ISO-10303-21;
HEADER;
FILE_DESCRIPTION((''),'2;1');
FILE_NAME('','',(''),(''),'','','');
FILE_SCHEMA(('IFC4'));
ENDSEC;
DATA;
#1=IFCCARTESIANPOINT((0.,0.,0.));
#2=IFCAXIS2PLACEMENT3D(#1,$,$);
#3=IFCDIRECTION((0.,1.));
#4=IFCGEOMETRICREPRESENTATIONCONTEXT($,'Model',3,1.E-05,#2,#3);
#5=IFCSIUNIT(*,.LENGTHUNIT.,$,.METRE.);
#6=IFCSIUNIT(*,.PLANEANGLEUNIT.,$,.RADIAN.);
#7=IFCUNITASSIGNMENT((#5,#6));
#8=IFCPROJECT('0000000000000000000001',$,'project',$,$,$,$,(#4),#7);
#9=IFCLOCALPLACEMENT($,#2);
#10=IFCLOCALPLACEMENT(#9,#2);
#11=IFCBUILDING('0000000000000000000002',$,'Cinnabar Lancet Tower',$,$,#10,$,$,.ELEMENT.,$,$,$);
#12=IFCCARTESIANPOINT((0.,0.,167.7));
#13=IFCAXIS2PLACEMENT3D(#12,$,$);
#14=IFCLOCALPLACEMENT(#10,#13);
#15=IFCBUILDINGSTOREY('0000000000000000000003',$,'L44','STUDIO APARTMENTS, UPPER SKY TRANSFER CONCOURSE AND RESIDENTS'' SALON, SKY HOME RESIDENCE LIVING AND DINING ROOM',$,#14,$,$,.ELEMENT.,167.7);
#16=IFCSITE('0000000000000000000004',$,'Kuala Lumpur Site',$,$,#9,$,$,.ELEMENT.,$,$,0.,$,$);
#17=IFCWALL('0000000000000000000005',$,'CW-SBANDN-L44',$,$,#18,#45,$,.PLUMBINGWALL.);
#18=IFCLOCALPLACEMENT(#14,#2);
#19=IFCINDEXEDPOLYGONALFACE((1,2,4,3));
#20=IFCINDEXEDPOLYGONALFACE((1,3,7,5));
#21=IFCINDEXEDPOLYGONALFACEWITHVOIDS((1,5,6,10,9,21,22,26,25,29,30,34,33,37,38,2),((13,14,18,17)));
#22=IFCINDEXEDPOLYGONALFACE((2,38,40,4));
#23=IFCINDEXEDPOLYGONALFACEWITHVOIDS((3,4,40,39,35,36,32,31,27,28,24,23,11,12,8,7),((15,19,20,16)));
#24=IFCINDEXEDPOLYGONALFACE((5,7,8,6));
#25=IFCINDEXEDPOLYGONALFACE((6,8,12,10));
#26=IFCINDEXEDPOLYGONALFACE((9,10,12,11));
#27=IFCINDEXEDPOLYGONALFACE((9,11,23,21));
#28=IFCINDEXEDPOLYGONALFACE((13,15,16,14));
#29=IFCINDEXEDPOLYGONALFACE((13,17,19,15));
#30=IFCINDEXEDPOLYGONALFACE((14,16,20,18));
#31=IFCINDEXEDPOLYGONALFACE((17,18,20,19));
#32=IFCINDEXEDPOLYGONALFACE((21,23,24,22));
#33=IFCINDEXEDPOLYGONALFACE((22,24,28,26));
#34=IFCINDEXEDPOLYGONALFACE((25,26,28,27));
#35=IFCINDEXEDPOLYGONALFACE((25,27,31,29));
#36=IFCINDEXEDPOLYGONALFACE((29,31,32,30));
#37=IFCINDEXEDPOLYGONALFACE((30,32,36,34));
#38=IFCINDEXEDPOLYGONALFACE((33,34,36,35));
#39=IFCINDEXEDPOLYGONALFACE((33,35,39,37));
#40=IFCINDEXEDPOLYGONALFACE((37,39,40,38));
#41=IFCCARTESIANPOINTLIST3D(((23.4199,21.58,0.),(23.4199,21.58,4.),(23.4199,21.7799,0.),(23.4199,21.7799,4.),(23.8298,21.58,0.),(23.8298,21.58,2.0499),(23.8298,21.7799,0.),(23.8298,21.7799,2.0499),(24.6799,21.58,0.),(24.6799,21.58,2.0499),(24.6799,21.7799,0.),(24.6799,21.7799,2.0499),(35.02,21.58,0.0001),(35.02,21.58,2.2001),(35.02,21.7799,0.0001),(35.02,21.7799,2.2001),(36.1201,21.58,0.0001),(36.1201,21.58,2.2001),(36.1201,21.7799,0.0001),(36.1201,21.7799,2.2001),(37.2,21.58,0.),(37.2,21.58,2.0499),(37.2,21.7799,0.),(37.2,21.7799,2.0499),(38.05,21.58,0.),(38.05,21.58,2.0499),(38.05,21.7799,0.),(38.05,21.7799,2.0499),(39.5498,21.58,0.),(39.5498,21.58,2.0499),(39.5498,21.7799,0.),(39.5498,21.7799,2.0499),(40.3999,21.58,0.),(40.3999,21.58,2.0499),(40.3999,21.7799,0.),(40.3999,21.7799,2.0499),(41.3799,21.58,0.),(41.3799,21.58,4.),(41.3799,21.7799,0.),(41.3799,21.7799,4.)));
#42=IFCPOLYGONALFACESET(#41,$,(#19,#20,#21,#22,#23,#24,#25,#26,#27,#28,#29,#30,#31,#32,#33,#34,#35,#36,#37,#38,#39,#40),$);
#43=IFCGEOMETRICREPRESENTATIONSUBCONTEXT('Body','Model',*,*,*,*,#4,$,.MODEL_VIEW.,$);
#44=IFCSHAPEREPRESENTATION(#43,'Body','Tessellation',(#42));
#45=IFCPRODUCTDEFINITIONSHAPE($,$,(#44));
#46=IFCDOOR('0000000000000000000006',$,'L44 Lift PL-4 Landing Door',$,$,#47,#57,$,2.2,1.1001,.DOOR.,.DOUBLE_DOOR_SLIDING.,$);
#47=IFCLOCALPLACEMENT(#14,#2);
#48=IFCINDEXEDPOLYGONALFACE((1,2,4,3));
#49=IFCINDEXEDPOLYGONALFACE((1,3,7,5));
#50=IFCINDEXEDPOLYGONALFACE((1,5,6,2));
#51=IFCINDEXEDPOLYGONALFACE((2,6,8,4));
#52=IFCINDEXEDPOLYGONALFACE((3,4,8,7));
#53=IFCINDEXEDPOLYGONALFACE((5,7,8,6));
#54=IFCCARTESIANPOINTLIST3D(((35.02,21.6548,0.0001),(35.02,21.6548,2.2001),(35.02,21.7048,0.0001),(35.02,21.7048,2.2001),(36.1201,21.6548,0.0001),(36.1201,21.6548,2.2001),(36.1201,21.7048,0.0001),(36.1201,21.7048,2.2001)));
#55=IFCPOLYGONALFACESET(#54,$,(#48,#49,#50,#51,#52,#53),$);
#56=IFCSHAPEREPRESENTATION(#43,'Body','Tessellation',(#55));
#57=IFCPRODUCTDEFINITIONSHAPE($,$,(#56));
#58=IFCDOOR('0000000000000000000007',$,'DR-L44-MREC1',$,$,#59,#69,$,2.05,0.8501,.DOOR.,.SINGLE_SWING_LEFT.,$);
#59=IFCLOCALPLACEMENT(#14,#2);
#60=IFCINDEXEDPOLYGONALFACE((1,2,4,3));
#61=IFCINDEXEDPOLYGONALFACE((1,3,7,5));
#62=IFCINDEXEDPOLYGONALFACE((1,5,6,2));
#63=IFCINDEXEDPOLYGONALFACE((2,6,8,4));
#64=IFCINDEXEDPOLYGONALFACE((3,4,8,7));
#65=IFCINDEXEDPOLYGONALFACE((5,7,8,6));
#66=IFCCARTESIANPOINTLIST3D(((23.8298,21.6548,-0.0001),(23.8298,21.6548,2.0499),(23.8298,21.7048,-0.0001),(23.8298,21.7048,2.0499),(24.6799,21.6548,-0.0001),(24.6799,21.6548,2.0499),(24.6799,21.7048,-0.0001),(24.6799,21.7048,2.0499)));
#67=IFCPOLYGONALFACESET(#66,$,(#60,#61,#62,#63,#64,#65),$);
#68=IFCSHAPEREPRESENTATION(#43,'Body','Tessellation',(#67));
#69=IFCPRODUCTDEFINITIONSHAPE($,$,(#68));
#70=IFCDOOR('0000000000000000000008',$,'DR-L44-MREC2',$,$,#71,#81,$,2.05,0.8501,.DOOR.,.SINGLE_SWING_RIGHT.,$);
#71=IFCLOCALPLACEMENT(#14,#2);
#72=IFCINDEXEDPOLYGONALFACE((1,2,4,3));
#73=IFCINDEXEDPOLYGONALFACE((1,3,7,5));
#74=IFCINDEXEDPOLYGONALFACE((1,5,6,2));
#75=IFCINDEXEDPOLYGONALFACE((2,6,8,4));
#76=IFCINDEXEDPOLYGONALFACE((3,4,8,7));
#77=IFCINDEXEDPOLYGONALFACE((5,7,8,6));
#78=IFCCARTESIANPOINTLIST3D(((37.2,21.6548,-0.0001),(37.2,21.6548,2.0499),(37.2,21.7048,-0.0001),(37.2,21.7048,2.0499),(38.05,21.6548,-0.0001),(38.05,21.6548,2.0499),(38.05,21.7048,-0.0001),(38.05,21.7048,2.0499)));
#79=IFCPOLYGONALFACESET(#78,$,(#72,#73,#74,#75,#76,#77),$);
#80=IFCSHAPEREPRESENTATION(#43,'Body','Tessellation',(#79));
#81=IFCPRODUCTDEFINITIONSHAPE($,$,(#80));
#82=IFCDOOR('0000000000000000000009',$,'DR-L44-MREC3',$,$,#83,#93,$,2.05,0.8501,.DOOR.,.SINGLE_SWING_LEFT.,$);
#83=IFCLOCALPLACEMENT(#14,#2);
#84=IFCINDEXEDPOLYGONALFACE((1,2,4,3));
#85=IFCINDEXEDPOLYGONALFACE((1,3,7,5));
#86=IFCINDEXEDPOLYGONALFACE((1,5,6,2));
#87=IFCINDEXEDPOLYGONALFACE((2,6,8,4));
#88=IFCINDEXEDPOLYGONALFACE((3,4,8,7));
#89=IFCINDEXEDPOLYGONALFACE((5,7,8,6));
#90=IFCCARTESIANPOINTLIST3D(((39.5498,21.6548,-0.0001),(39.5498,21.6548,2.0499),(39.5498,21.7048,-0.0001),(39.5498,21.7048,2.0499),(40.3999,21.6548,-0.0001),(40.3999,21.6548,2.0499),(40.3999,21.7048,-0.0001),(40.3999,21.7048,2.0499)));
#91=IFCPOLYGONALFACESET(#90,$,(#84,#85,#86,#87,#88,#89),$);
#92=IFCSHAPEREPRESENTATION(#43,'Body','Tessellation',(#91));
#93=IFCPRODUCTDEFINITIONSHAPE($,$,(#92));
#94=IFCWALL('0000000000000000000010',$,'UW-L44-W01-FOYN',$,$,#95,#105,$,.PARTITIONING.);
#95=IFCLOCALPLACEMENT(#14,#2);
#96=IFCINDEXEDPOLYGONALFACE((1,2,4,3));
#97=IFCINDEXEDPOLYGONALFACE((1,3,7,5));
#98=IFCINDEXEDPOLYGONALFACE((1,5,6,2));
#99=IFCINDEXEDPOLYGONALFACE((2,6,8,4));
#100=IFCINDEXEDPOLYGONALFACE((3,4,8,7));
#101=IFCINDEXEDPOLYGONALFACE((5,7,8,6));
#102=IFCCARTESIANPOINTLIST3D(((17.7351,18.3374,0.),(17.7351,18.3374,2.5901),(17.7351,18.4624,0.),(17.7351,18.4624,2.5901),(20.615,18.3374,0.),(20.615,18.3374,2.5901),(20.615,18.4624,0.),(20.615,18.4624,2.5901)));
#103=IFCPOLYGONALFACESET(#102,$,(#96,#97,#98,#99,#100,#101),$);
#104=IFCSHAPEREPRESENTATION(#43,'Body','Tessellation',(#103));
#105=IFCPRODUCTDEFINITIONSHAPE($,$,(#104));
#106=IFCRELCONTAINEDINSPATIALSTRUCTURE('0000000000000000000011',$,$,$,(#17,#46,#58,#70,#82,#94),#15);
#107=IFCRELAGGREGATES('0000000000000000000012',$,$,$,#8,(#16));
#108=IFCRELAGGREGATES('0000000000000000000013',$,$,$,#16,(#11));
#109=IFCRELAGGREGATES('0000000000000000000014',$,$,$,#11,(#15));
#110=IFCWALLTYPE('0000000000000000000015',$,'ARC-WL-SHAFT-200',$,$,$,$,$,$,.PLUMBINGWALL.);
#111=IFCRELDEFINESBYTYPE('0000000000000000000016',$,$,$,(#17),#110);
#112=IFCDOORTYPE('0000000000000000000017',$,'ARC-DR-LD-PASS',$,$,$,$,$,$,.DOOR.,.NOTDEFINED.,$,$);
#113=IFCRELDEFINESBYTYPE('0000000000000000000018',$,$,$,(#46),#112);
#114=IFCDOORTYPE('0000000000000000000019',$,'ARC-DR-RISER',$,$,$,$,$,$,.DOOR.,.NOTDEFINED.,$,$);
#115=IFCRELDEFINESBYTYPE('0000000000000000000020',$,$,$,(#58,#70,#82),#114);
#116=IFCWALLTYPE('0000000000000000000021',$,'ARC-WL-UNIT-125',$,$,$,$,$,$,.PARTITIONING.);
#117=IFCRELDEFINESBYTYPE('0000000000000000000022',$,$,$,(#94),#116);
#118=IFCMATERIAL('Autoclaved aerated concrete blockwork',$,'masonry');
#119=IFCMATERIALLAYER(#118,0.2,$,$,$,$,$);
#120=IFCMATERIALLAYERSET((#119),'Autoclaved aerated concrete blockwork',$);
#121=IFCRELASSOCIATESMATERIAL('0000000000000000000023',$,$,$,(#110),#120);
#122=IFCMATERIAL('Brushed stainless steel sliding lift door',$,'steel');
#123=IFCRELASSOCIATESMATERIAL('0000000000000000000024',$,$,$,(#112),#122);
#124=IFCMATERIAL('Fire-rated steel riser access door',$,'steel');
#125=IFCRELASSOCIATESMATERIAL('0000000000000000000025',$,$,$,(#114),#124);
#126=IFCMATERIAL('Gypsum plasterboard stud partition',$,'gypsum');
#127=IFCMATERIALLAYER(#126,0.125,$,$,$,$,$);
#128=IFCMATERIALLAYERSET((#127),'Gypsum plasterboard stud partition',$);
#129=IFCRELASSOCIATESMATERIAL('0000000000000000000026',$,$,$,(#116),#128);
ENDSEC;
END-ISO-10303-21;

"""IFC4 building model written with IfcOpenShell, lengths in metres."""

from ifc_helpers import new_model, si_unit, direction, frame, frame_2d, origin, place, context, subcontext, project, spatial, rectangle, extrude, material, layer, layer_set, type_object, element, fill, save


model = new_model("IFC4")

# Units and contexts
model_context = context("Model", 3, precision=1e-05, world=origin(), true_north=direction((0.0, 1.0)))
body_context = subcontext(model_context, "Body", "Model", "MODEL_VIEW")
ifc_project = project(units=[si_unit("LENGTHUNIT", "METRE"), si_unit("PLANEANGLEUNIT", "RADIAN")], contexts=[model_context])

# Site, building, storey
site_placement = place(None, origin())
site = spatial("IfcSite", under=ifc_project, at=site_placement, Name="Kuala Lumpur Site", CompositionType="ELEMENT", RefElevation=0.0)
building_placement = place(site_placement, origin())
building = spatial("IfcBuilding", under=site, at=building_placement, Name="Cinnabar Lancet Tower", CompositionType="ELEMENT")
storey_placement = place(building_placement, frame((0.0, 0.0, 167.7)))
storey = spatial("IfcBuildingStorey", under=building, at=storey_placement, Name="L44", Description="STUDIO APARTMENTS, UPPER SKY TRANSFER CONCOURSE AND RESIDENTS' SALON, SKY HOME RESIDENCE LIVING AND DINING ROOM", CompositionType="ELEMENT", Elevation=167.7)

# Shared definitions
ifc_material_1 = material(Name="Autoclaved aerated concrete blockwork", Category="masonry")
ifc_layer_1 = layer(ifc_material_1, 0.2)
ifc_layer_set_1 = layer_set([ifc_layer_1], Name="Autoclaved aerated concrete blockwork")
wall_type_1 = type_object("IfcWallType", Name="ARC-WL-SHAFT-200", PredefinedType="PLUMBINGWALL", material=ifc_layer_set_1)

# Wall, openings, doors
wall_1_placement = place(storey_placement, frame((23.4199, 21.6799, 0.0), z_axis=(0.0, 0.0, 1.0), x_axis=(1.0, 0.0, 0.0)))
wall_1 = element("IfcWall", 1, at=wall_1_placement, inside=storey, type_object=wall_type_1, Name="CW-SBANDN-L44", PredefinedType="PLUMBINGWALL", context=body_context, shape_type="SweptSolid", body=[
    extrude(rectangle(XDim=17.96, YDim=0.2, at=frame_2d((8.98, 0.0))), origin(), (0.0, 0.0, 1.0), 4.0),
])
opening_1_placement = place(wall_1_placement, frame((11.6001, 0.0, 0.0)))
opening_1 = element("IfcOpeningElement", 2, at=opening_1_placement, cuts=wall_1, PredefinedType="OPENING", context=body_context, shape_type="SweptSolid", body=[
    extrude(rectangle(XDim=1.1001, YDim=2.2, at=frame_2d((0.55, 1.1001))), frame((0.0, 0.1099, 0.0), z_axis=(0.0, -1.0, 0.0), x_axis=(1.0, 0.0, 0.0)), (0.0, 0.0, 1.0), 0.22),
])
opening_2_placement = place(wall_1_placement, frame((0.4099, 0.0, 0.0)))
opening_2 = element("IfcOpeningElement", 3, at=opening_2_placement, cuts=wall_1, PredefinedType="OPENING", context=body_context, shape_type="SweptSolid", body=[
    extrude(rectangle(XDim=0.8501, YDim=2.05, at=frame_2d((0.425, 1.0249))), frame((0.0, 0.1099, 0.0), z_axis=(0.0, -1.0, 0.0), x_axis=(1.0, 0.0, 0.0)), (0.0, 0.0, 1.0), 0.22),
])
opening_3_placement = place(wall_1_placement, frame((13.78, 0.0, 0.0)))
opening_3 = element("IfcOpeningElement", 4, at=opening_3_placement, cuts=wall_1, PredefinedType="OPENING", context=body_context, shape_type="SweptSolid", body=[
    extrude(rectangle(XDim=0.8501, YDim=2.05, at=frame_2d((0.425, 1.0249))), frame((0.0, 0.1099, 0.0), z_axis=(0.0, -1.0, 0.0), x_axis=(1.0, 0.0, 0.0)), (0.0, 0.0, 1.0), 0.22),
])
opening_4_placement = place(wall_1_placement, frame((16.1299, 0.0, 0.0)))
opening_4 = element("IfcOpeningElement", 5, at=opening_4_placement, cuts=wall_1, PredefinedType="OPENING", context=body_context, shape_type="SweptSolid", body=[
    extrude(rectangle(XDim=0.8501, YDim=2.05, at=frame_2d((0.425, 1.0249))), frame((0.0, 0.1099, 0.0), z_axis=(0.0, -1.0, 0.0), x_axis=(1.0, 0.0, 0.0)), (0.0, 0.0, 1.0), 0.22),
])
ifc_material_2 = material(Name="Brushed stainless steel sliding lift door", Category="steel")
door_type_1 = type_object("IfcDoorType", Name="ARC-DR-LD-PASS", OperationType="NOTDEFINED", PredefinedType="DOOR", material=ifc_material_2)
door_1_placement = place(opening_1_placement, origin())
door_1 = element("IfcDoor", 6, at=door_1_placement, inside=storey, type_object=door_type_1, Name="L44 Lift PL-4 Landing Door", OperationType="DOUBLE_DOOR_SLIDING", OverallHeight=2.2, OverallWidth=1.1001, PredefinedType="DOOR", context=body_context, shape_type="SweptSolid", body=[
    extrude(rectangle(XDim=1.1001, YDim=2.2, at=frame_2d((0.55, 1.1001))), frame((0.0, 0.0249, 0.0), z_axis=(0.0, -1.0, 0.0), x_axis=(1.0, 0.0, 0.0)), (0.0, 0.0, 1.0), 0.05),
])
fill(opening_1, door_1)
ifc_material_3 = material(Name="Fire-rated steel riser access door", Category="steel")
door_type_2 = type_object("IfcDoorType", Name="ARC-DR-RISER", OperationType="NOTDEFINED", PredefinedType="DOOR", material=ifc_material_3)
door_2_placement = place(opening_2_placement, origin())
door_2 = element("IfcDoor", 7, at=door_2_placement, inside=storey, type_object=door_type_2, Name="DR-L44-MREC1", OperationType="SINGLE_SWING_LEFT", OverallHeight=2.05, OverallWidth=0.8501, PredefinedType="DOOR", context=body_context, shape_type="SweptSolid", body=[
    extrude(rectangle(XDim=0.8501, YDim=2.05, at=frame_2d((0.425, 1.0249))), frame((0.0, 0.0249, 0.0), z_axis=(0.0, -1.0, 0.0), x_axis=(1.0, 0.0, 0.0)), (0.0, 0.0, 1.0), 0.05),
])
fill(opening_2, door_2)
door_3_placement = place(opening_3_placement, origin())
door_3 = element("IfcDoor", 8, at=door_3_placement, inside=storey, type_object=door_type_2, Name="DR-L44-MREC2", OperationType="SINGLE_SWING_RIGHT", OverallHeight=2.05, OverallWidth=0.8501, PredefinedType="DOOR", context=body_context, shape_type="SweptSolid", body=[
    extrude(rectangle(XDim=0.8501, YDim=2.05, at=frame_2d((0.425, 1.0249))), frame((0.0, 0.0249, 0.0), z_axis=(0.0, -1.0, 0.0), x_axis=(1.0, 0.0, 0.0)), (0.0, 0.0, 1.0), 0.05),
])
fill(opening_3, door_3)
door_4_placement = place(opening_4_placement, origin())
door_4 = element("IfcDoor", 9, at=door_4_placement, inside=storey, type_object=door_type_2, Name="DR-L44-MREC3", OperationType="SINGLE_SWING_LEFT", OverallHeight=2.05, OverallWidth=0.8501, PredefinedType="DOOR", context=body_context, shape_type="SweptSolid", body=[
    extrude(rectangle(XDim=0.8501, YDim=2.05, at=frame_2d((0.425, 1.0249))), frame((0.0, 0.0249, 0.0), z_axis=(0.0, -1.0, 0.0), x_axis=(1.0, 0.0, 0.0)), (0.0, 0.0, 1.0), 0.05),
])
fill(opening_4, door_4)

# Wall
ifc_material_4 = material(Name="Gypsum plasterboard stud partition", Category="gypsum")
ifc_layer_2 = layer(ifc_material_4, 0.125)
ifc_layer_set_2 = layer_set([ifc_layer_2], Name="Gypsum plasterboard stud partition")
wall_type_2 = type_object("IfcWallType", Name="ARC-WL-UNIT-125", PredefinedType="PARTITIONING", material=ifc_layer_set_2)
wall_2_placement = place(storey_placement, frame((17.7351, 18.3999, 0.0), z_axis=(0.0, 0.0, 1.0), x_axis=(1.0, 0.0, 0.0)))
element("IfcWall", 10, at=wall_2_placement, inside=storey, type_object=wall_type_2, Name="UW-L44-W01-FOYN", PredefinedType="PARTITIONING", context=body_context, shape_type="SweptSolid", body=[
    extrude(rectangle(XDim=2.8799, YDim=0.125, at=frame_2d((1.4399, 0.0))), origin(), (0.0, 0.0, 1.0), 2.5901),
])

save(model, "model.ifc")
